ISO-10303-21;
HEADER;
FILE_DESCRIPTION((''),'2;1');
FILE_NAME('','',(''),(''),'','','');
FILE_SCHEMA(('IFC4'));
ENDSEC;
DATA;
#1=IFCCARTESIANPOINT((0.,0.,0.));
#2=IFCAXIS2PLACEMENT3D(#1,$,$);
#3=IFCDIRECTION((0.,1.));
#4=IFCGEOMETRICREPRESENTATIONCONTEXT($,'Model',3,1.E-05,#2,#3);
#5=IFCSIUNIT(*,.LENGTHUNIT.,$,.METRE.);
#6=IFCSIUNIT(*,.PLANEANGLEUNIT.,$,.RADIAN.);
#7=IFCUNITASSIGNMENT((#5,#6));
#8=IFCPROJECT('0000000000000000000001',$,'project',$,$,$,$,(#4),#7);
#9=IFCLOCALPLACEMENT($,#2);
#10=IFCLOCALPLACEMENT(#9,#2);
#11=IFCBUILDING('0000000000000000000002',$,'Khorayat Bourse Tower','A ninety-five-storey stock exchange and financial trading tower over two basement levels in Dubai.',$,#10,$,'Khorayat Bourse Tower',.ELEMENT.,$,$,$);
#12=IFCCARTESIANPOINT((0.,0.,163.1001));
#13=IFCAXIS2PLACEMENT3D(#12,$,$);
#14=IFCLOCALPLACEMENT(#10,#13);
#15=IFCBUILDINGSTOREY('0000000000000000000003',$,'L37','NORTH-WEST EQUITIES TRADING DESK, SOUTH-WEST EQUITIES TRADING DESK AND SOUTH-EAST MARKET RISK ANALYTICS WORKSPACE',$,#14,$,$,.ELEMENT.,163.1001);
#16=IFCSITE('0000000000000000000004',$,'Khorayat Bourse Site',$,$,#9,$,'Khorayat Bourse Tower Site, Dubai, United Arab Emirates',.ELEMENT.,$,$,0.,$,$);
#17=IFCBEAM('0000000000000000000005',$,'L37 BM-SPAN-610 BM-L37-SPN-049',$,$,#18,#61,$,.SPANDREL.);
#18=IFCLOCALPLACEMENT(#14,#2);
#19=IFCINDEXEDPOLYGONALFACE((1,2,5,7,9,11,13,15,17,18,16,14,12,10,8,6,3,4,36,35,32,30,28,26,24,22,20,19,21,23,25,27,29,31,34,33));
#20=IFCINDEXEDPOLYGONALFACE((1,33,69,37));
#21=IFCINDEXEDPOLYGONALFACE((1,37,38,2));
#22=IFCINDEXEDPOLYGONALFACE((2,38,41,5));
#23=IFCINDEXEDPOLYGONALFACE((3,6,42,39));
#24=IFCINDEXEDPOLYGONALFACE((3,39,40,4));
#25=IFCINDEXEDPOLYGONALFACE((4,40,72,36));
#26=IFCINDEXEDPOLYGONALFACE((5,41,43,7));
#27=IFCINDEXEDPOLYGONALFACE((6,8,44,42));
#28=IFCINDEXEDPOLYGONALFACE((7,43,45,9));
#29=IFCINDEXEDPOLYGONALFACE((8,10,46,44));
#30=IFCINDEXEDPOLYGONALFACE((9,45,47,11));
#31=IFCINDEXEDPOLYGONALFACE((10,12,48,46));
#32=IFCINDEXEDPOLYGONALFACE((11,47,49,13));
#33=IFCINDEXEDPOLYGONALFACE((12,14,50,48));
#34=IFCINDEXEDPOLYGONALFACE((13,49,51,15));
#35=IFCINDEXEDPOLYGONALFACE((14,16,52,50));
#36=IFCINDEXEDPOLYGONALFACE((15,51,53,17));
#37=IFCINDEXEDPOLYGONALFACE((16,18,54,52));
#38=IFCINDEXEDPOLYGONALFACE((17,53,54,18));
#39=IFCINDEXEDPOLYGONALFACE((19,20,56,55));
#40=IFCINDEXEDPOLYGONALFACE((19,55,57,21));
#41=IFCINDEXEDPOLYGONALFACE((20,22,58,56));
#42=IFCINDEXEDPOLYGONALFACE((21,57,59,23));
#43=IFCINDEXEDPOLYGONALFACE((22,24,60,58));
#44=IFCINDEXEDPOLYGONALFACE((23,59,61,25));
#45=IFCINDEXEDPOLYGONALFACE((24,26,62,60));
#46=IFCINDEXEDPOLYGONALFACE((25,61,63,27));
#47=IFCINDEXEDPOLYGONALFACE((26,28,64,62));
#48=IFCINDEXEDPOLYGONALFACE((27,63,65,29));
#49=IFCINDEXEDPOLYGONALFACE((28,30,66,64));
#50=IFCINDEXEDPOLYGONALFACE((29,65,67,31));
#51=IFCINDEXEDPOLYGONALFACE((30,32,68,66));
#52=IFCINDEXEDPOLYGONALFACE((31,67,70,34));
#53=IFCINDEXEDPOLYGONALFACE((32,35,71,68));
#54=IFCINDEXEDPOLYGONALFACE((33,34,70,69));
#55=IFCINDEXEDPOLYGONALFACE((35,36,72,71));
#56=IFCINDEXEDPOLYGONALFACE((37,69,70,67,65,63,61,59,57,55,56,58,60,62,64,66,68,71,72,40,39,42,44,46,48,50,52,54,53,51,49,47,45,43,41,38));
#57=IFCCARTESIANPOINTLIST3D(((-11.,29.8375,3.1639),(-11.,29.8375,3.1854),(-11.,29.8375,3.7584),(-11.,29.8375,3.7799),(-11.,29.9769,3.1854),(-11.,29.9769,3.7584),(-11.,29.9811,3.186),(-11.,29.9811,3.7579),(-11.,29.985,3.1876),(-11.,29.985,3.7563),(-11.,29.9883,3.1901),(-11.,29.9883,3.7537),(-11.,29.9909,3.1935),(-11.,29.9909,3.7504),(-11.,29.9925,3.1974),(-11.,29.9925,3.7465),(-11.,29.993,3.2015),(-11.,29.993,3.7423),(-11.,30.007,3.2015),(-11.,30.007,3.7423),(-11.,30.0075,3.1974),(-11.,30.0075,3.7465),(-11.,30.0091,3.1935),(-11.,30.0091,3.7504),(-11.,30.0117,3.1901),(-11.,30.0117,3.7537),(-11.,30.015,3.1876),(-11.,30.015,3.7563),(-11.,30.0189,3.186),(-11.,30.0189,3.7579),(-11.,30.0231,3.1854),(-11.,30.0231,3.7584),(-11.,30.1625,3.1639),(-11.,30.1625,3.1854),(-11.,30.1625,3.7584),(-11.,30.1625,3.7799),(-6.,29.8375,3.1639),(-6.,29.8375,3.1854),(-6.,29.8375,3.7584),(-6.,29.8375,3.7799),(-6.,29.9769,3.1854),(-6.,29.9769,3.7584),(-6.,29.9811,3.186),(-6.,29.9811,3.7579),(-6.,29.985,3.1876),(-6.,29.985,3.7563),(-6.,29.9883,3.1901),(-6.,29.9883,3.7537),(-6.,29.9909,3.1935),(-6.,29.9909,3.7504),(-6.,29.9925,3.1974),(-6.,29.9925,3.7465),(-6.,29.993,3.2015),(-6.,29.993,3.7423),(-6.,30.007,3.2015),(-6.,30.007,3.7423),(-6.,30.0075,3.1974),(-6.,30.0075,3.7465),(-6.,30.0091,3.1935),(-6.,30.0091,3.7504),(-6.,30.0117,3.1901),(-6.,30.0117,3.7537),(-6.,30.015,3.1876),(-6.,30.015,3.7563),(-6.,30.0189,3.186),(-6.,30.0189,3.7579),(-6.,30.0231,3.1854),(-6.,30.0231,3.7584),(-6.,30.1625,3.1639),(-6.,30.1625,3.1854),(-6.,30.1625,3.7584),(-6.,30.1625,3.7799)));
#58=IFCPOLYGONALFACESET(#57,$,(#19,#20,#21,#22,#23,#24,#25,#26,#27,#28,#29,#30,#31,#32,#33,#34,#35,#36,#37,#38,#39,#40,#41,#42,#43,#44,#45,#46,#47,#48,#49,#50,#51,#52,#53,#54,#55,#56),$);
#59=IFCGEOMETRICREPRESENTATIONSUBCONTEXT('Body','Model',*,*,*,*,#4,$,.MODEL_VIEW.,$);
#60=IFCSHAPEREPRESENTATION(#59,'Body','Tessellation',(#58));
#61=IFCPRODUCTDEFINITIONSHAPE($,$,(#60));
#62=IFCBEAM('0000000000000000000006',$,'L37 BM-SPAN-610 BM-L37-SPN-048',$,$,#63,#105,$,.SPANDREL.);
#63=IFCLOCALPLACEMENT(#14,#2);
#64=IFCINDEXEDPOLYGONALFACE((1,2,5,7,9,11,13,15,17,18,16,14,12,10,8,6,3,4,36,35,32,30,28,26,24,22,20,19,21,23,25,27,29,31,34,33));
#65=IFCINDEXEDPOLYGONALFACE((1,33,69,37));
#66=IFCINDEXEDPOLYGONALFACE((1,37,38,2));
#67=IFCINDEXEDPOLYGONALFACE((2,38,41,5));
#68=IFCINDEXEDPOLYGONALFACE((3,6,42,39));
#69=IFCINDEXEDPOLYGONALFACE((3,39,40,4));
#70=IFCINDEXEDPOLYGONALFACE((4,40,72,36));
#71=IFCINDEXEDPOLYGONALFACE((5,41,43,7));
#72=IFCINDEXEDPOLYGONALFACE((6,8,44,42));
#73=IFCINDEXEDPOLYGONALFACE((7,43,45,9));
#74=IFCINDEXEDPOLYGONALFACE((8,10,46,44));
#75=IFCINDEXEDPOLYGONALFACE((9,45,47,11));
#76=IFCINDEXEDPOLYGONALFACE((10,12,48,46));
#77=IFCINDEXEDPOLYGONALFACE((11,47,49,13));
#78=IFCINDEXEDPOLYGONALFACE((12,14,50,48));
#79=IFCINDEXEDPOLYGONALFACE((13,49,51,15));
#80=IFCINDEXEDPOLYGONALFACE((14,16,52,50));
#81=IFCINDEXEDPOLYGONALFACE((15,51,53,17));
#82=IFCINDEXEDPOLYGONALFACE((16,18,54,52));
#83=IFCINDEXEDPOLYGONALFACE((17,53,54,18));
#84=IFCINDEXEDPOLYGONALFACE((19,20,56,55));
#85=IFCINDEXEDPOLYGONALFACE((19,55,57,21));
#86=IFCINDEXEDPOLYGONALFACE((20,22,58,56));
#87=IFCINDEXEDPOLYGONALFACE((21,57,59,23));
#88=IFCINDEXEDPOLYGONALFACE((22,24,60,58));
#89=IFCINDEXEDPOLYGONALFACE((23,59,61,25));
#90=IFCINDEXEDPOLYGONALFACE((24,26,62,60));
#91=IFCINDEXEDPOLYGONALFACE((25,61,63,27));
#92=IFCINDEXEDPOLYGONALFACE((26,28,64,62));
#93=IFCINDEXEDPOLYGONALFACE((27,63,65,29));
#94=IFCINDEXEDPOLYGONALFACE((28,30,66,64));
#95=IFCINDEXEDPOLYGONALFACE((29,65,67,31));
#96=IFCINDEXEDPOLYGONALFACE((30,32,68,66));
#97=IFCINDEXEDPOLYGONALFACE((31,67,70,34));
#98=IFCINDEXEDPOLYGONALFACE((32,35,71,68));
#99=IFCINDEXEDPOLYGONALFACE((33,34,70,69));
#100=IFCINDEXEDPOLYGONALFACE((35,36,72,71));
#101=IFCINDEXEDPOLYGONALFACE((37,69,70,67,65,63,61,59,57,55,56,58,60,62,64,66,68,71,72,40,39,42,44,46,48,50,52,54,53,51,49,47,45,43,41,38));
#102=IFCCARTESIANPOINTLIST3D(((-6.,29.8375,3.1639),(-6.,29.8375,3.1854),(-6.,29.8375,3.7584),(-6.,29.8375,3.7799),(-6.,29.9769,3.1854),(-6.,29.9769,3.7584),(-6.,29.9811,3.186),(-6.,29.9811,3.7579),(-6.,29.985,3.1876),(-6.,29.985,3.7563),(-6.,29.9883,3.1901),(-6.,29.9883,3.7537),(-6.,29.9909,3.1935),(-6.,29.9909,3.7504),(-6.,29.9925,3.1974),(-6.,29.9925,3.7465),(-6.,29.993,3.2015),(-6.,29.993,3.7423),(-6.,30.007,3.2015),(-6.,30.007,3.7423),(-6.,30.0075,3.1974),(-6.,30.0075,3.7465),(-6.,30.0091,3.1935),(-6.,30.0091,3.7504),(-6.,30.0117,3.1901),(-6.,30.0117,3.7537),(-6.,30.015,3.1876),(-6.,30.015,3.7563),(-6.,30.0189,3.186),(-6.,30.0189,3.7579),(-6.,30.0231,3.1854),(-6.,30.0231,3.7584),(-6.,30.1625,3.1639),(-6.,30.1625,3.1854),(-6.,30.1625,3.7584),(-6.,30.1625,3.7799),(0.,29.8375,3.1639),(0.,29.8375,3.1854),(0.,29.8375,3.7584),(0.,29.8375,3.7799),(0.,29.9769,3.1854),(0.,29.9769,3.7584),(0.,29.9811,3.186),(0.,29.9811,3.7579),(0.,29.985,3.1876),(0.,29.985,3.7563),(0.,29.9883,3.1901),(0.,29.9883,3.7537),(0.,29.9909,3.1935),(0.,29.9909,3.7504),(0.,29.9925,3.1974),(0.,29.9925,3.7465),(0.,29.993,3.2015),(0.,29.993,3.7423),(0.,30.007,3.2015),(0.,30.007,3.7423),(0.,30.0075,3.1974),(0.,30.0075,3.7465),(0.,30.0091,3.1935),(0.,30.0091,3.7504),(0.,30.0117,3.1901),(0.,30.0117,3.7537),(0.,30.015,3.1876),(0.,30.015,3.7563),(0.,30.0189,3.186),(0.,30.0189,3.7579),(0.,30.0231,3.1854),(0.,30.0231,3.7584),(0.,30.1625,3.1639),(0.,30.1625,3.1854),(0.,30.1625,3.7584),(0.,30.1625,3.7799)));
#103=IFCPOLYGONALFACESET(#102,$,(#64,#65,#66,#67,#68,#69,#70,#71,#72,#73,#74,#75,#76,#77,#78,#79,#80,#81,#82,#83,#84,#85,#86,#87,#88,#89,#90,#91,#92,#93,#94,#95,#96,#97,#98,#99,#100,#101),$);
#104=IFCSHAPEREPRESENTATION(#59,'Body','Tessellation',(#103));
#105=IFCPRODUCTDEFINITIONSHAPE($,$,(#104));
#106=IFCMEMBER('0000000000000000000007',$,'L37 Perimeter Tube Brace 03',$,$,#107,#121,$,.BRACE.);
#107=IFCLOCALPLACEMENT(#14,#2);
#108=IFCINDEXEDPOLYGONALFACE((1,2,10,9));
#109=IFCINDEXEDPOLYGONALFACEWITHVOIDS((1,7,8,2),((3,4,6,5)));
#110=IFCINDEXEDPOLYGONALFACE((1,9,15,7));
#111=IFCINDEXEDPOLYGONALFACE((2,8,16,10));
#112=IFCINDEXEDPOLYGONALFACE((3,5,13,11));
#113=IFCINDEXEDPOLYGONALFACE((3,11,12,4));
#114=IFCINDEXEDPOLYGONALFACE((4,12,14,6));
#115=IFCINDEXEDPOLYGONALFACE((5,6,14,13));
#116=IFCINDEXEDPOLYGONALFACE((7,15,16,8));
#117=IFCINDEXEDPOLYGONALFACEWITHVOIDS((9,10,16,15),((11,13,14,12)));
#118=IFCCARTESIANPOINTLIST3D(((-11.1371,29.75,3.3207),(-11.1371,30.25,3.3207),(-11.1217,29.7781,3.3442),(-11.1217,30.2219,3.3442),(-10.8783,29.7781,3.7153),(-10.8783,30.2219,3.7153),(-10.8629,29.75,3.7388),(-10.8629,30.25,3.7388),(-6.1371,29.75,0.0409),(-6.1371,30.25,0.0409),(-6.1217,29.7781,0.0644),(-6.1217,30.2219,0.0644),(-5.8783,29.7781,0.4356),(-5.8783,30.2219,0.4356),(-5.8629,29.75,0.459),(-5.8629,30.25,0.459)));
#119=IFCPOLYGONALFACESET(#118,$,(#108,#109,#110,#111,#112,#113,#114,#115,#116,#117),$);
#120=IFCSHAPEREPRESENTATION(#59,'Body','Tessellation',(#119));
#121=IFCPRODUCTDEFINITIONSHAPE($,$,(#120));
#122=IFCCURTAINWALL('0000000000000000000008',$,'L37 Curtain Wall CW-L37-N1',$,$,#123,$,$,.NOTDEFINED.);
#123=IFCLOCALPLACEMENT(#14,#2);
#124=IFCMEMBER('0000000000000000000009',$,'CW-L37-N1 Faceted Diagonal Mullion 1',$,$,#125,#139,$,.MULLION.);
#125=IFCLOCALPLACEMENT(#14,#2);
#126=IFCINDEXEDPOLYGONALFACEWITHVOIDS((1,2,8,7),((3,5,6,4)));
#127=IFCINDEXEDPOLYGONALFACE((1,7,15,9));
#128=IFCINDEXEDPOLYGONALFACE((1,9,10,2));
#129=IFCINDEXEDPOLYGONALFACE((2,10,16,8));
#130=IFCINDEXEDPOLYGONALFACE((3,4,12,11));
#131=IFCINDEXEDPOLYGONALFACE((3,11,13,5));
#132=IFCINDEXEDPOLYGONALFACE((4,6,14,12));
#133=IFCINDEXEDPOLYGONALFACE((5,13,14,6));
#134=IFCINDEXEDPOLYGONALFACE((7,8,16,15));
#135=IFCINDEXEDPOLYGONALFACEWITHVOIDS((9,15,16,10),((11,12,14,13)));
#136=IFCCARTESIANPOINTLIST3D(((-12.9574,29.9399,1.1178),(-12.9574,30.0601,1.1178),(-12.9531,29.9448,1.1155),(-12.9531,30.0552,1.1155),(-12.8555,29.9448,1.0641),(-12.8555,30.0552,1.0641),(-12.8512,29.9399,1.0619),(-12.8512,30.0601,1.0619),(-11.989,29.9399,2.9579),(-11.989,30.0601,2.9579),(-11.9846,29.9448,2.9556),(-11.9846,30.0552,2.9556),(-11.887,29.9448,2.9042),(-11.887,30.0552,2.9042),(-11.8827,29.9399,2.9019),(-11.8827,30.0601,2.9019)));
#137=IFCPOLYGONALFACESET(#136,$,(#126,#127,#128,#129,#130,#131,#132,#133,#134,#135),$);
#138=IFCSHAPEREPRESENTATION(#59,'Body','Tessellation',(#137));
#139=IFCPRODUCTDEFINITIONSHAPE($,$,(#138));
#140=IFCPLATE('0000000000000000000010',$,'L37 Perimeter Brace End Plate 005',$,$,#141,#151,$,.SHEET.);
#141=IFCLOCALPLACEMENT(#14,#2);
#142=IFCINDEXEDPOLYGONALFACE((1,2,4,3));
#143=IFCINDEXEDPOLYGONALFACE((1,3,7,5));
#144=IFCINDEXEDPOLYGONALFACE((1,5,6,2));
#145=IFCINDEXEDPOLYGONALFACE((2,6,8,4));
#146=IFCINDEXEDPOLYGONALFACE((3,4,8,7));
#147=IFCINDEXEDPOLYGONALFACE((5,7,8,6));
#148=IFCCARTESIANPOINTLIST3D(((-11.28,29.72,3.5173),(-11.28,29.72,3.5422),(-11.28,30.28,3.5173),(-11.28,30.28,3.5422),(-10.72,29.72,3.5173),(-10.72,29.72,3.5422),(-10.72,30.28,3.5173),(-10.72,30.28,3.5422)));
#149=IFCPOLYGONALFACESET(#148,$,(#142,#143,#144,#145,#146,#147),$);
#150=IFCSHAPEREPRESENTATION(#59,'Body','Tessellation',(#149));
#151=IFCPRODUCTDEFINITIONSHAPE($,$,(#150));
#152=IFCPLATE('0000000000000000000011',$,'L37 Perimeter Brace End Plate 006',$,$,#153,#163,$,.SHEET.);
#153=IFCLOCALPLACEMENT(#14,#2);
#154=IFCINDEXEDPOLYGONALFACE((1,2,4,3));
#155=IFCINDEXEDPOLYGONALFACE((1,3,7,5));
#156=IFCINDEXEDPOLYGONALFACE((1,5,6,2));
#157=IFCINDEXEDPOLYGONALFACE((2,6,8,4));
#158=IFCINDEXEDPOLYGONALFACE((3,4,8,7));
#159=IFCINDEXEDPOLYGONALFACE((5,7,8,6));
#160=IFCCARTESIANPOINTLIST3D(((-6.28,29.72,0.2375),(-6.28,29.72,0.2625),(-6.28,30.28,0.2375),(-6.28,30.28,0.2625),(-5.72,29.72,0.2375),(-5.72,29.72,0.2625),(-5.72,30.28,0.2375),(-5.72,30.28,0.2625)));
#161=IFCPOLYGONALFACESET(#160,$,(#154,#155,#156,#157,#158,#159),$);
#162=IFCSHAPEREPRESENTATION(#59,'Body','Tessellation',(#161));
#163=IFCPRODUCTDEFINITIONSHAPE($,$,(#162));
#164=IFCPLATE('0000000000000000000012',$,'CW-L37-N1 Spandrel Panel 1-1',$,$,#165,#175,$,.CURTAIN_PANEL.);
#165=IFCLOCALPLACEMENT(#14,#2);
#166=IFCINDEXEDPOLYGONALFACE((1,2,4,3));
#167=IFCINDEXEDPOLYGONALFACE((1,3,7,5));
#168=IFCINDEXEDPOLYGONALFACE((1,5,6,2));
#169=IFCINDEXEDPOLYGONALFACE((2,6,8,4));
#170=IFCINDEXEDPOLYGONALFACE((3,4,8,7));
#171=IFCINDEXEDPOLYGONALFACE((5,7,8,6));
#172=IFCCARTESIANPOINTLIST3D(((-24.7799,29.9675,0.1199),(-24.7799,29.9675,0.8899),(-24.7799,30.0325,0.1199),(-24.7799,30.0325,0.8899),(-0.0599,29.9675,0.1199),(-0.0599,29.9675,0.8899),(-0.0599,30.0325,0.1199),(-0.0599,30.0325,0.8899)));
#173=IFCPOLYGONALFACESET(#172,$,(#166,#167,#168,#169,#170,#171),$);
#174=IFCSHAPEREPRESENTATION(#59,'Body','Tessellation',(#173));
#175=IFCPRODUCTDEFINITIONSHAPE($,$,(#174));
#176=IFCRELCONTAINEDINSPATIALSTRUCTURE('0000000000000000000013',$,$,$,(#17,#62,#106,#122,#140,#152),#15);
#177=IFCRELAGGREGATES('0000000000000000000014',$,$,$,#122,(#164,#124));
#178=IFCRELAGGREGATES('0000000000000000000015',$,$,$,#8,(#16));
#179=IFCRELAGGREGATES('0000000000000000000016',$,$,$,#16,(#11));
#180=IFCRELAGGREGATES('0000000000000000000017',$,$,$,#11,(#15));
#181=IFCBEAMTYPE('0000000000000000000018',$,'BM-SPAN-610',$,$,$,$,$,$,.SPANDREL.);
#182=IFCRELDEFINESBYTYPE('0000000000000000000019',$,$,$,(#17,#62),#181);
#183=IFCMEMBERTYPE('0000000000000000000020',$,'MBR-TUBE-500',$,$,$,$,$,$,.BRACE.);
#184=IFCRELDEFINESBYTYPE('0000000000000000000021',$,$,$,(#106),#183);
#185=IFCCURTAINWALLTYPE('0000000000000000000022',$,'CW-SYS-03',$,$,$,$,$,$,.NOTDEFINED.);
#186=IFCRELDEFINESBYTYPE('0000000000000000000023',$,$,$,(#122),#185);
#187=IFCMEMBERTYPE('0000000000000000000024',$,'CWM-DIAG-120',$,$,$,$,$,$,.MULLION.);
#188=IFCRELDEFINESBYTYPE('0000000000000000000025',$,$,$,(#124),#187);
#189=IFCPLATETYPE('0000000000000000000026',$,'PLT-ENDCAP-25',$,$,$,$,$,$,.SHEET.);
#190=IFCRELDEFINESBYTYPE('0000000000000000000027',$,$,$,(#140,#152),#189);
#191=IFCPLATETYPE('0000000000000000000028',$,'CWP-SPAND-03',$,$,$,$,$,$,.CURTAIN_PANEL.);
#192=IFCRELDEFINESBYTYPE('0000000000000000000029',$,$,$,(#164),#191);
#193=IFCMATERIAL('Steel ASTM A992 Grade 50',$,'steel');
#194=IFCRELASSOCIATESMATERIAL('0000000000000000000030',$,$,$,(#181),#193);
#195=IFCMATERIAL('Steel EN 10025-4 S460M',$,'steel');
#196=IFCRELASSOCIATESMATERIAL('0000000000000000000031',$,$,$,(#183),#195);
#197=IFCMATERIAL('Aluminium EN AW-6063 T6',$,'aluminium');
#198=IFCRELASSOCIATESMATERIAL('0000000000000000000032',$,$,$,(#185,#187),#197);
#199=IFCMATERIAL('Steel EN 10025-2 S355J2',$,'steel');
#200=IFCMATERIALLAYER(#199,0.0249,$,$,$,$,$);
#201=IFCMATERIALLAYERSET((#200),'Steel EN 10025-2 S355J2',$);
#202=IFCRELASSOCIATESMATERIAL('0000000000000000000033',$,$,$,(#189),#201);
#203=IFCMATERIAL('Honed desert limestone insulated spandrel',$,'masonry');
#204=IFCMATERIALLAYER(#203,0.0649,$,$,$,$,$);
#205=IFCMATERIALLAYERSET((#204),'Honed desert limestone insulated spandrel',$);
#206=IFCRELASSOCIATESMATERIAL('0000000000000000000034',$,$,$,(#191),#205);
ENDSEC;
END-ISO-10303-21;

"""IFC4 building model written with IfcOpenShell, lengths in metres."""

from ifc_helpers import new_model, si_unit, direction, frame, origin, origin_2d, place, context, subcontext, project, spatial, rectangle, hollow_rectangle, i_section, extrude, source, transform, mapped, material, layer, layer_set, material_profile, profile_set, type_object, element, aggregate, save


model = new_model("IFC4")

# Units and contexts
model_context = context("Model", 3, precision=1e-05, world=origin(), true_north=direction((0.0, 1.0)))
body_context = subcontext(model_context, "Body", "Model", "MODEL_VIEW")
ifc_project = project(units=[si_unit("LENGTHUNIT", "METRE"), si_unit("PLANEANGLEUNIT", "RADIAN")], contexts=[model_context])

# Site, building, storey
site_placement = place(None, origin())
site = spatial("IfcSite", under=ifc_project, at=site_placement, Name="Khorayat Bourse Site", LongName="Khorayat Bourse Tower Site, Dubai, United Arab Emirates", CompositionType="ELEMENT", RefElevation=0.0)
building_placement = place(site_placement, origin())
building = spatial("IfcBuilding", under=site, at=building_placement, Name="Khorayat Bourse Tower", Description="A ninety-five-storey stock exchange and financial trading tower over two basement levels in Dubai.", LongName="Khorayat Bourse Tower", CompositionType="ELEMENT")
storey_placement = place(building_placement, frame((0.0, 0.0, 163.1001)))
storey = spatial("IfcBuildingStorey", under=building, at=storey_placement, Name="L37", Description="NORTH-WEST EQUITIES TRADING DESK, SOUTH-WEST EQUITIES TRADING DESK AND SOUTH-EAST MARKET RISK ANALYTICS WORKSPACE", CompositionType="ELEMENT", Elevation=163.1001)

# Shared definitions
ifc_material_1 = material(Name="Steel EN 10025-4 S460M", Category="steel")

# Beams
ifc_material_2 = material(Name="Steel ASTM A992 Grade 50", Category="steel")
ifc_material_profile_1 = material_profile(ifc_material_2, i_section(OverallWidth=0.325, OverallDepth=0.616, WebThickness=0.0139, FlangeThickness=0.0215, FilletRadius=0.0161, at=origin_2d()), Name="W610X174")
ifc_profile_set_1 = profile_set([ifc_material_profile_1], Name="Steel ASTM A992 Grade 50")
beam_type_1 = type_object("IfcBeamType", Name="BM-SPAN-610", PredefinedType="SPANDREL", material=ifc_profile_set_1)
shared_shape_1 = source(origin(), body_context, "Body", "SweptSolid", [
    extrude(i_section(OverallWidth=0.325, OverallDepth=0.616, WebThickness=0.0139, FlangeThickness=0.0215, FilletRadius=0.0161, at=origin_2d()), origin(), (0.0, 0.0, 1.0), 5.0),
])
beam_1_placement = place(storey_placement, frame((-11.0, 30.0, 3.4719), z_axis=(1.0, 0.0, 0.0), x_axis=(0.0, 1.0, 0.0)))
element("IfcBeam", 1, at=beam_1_placement, inside=storey, type_object=beam_type_1, Name="L37 BM-SPAN-610 BM-L37-SPN-049", PredefinedType="SPANDREL", context=body_context, shape_type="MappedRepresentation", body=[
    mapped(shared_shape_1, transform((0.0, 0.0, 0.0), scale=1.0)),
])
shared_shape_2 = source(origin(), body_context, "Body", "SweptSolid", [
    extrude(i_section(OverallWidth=0.325, OverallDepth=0.616, WebThickness=0.0139, FlangeThickness=0.0215, FilletRadius=0.0161, at=origin_2d()), origin(), (0.0, 0.0, 1.0), 6.0),
])
beam_2_placement = place(storey_placement, frame((-6.0, 30.0, 3.4719), z_axis=(1.0, 0.0, 0.0), x_axis=(0.0, 1.0, 0.0)))
element("IfcBeam", 2, at=beam_2_placement, inside=storey, type_object=beam_type_1, Name="L37 BM-SPAN-610 BM-L37-SPN-048", PredefinedType="SPANDREL", context=body_context, shape_type="MappedRepresentation", body=[
    mapped(shared_shape_2, transform((0.0, 0.0, 0.0), scale=1.0)),
])

# Member
ifc_material_profile_2 = material_profile(ifc_material_1, hollow_rectangle(XDim=0.5, YDim=0.5, WallThickness=0.0281, at=origin_2d()), Name="HSS 500x500x28")
ifc_profile_set_2 = profile_set([ifc_material_profile_2], Name="Steel EN 10025-4 S460M")
member_type_1 = type_object("IfcMemberType", Name="MBR-TUBE-500", PredefinedType="BRACE", material=ifc_profile_set_2)
shared_shape_3 = source(origin(), body_context, "Body", "SweptSolid", [
    extrude(hollow_rectangle(XDim=0.5, YDim=0.5, WallThickness=0.0281, at=origin_2d()), origin(), (0.0, 0.0, 1.0), 5.9797),
])
member_1_placement = place(storey_placement, frame((-11.0, 30.0, 3.5298), z_axis=(0.83616, 0.0, -0.548485), x_axis=(0.0, 1.0, 0.0)))
element("IfcMember", 3, at=member_1_placement, inside=storey, type_object=member_type_1, Name="L37 Perimeter Tube Brace 03", PredefinedType="BRACE", context=body_context, shape_type="MappedRepresentation", body=[
    mapped(shared_shape_3, transform((0.0, 0.0, 0.0), scale=1.0)),
])

# Curtain wall, member
ifc_material_3 = material(Name="Aluminium EN AW-6063 T6", Category="aluminium")
curtain_wall_type = type_object("IfcCurtainWallType", Name="CW-SYS-03", PredefinedType="NOTDEFINED", material=ifc_material_3)
curtain_wall_placement = place(storey_placement, origin())
curtain_wall = element("IfcCurtainWall", 4, at=curtain_wall_placement, inside=storey, type_object=curtain_wall_type, Name="L37 Curtain Wall CW-L37-N1", PredefinedType="NOTDEFINED")
ifc_material_profile_3 = material_profile(ifc_material_3, hollow_rectangle(XDim=0.1201, YDim=0.1201, WallThickness=0.0049, at=origin_2d()), Name="ALU 120x120x5")
ifc_profile_set_3 = profile_set([ifc_material_profile_3], Name="Aluminium EN AW-6063 T6")
member_type_2 = type_object("IfcMemberType", Name="CWM-DIAG-120", PredefinedType="MULLION", material=ifc_profile_set_3)
shared_shape_4 = source(origin(), body_context, "Body", "SweptSolid", [
    extrude(hollow_rectangle(XDim=0.1201, YDim=0.1201, WallThickness=0.0049, at=origin_2d()), origin(), (0.0, 0.0, 1.0), 2.0793),
])
member_2_placement = place(storey_placement, frame((-12.9043, 30.0, 1.0898), z_axis=(0.465761, 0.0, 0.884911), x_axis=(0.0, 1.0, 0.0)))
member_2 = element("IfcMember", 5, at=member_2_placement, type_object=member_type_2, Name="CW-L37-N1 Faceted Diagonal Mullion 1", PredefinedType="MULLION", context=body_context, shape_type="MappedRepresentation", body=[
    mapped(shared_shape_4, transform((0.0, 0.0, 0.0), scale=1.0)),
])

# Plates
ifc_material_4 = material(Name="Steel EN 10025-2 S355J2", Category="steel")
ifc_layer_1 = layer(ifc_material_4, 0.0249)
ifc_layer_set_1 = layer_set([ifc_layer_1], Name="Steel EN 10025-2 S355J2")
plate_type_1 = type_object("IfcPlateType", Name="PLT-ENDCAP-25", PredefinedType="SHEET", material=ifc_layer_set_1)
shared_shape_5 = source(origin(), body_context, "Body", "SweptSolid", [
    extrude(rectangle(XDim=0.5601, YDim=0.5601, at=origin_2d()), origin(), (0.0, 0.0, 1.0), 0.0249),
])
for number, where, z_axis, x_axis, name in (
    (6, (-11.0, 30.0, 3.5173), (0.0, 0.0, 1.0), (1.0, 0.0, 0.0), "L37 Perimeter Brace End Plate 005"),
    (7, (-6.0, 30.0, 0.2375), (0.0, 0.0, 1.0), (1.0, 0.0, 0.0), "L37 Perimeter Brace End Plate 006"),
):
    element("IfcPlate", number, at=place(storey_placement, frame(where, z_axis=z_axis, x_axis=x_axis)), inside=storey, type_object=plate_type_1, Name=name, PredefinedType="SHEET", context=body_context, shape_type="MappedRepresentation", body=[
        mapped(shared_shape_5, transform((0.0, 0.0, 0.0), scale=1.0)),
    ])

# Plate
ifc_material_5 = material(Name="Honed desert limestone insulated spandrel", Category="masonry")
ifc_layer_2 = layer(ifc_material_5, 0.0649)
ifc_layer_set_2 = layer_set([ifc_layer_2], Name="Honed desert limestone insulated spandrel")
plate_type_2 = type_object("IfcPlateType", Name="CWP-SPAND-03", PredefinedType="CURTAIN_PANEL", material=ifc_layer_set_2)
shared_shape_6 = source(origin(), body_context, "Body", "SweptSolid", [
    extrude(rectangle(XDim=24.72, YDim=0.0649, at=origin_2d()), origin(), (0.0, 0.0, 1.0), 0.77),
])
plate_1_placement = place(storey_placement, frame((-12.4199, 30.0, 0.1199), z_axis=(0.0, 0.0, 1.0), x_axis=(1.0, 0.0, 0.0)))
plate_1 = element("IfcPlate", 8, at=plate_1_placement, type_object=plate_type_2, Name="CW-L37-N1 Spandrel Panel 1-1", PredefinedType="CURTAIN_PANEL", context=body_context, shape_type="MappedRepresentation", body=[
    mapped(shared_shape_6, transform((0.0, 0.0, 0.0), scale=1.0)),
])
aggregate(curtain_wall, [plate_1, member_2])

save(model, "model.ifc")
